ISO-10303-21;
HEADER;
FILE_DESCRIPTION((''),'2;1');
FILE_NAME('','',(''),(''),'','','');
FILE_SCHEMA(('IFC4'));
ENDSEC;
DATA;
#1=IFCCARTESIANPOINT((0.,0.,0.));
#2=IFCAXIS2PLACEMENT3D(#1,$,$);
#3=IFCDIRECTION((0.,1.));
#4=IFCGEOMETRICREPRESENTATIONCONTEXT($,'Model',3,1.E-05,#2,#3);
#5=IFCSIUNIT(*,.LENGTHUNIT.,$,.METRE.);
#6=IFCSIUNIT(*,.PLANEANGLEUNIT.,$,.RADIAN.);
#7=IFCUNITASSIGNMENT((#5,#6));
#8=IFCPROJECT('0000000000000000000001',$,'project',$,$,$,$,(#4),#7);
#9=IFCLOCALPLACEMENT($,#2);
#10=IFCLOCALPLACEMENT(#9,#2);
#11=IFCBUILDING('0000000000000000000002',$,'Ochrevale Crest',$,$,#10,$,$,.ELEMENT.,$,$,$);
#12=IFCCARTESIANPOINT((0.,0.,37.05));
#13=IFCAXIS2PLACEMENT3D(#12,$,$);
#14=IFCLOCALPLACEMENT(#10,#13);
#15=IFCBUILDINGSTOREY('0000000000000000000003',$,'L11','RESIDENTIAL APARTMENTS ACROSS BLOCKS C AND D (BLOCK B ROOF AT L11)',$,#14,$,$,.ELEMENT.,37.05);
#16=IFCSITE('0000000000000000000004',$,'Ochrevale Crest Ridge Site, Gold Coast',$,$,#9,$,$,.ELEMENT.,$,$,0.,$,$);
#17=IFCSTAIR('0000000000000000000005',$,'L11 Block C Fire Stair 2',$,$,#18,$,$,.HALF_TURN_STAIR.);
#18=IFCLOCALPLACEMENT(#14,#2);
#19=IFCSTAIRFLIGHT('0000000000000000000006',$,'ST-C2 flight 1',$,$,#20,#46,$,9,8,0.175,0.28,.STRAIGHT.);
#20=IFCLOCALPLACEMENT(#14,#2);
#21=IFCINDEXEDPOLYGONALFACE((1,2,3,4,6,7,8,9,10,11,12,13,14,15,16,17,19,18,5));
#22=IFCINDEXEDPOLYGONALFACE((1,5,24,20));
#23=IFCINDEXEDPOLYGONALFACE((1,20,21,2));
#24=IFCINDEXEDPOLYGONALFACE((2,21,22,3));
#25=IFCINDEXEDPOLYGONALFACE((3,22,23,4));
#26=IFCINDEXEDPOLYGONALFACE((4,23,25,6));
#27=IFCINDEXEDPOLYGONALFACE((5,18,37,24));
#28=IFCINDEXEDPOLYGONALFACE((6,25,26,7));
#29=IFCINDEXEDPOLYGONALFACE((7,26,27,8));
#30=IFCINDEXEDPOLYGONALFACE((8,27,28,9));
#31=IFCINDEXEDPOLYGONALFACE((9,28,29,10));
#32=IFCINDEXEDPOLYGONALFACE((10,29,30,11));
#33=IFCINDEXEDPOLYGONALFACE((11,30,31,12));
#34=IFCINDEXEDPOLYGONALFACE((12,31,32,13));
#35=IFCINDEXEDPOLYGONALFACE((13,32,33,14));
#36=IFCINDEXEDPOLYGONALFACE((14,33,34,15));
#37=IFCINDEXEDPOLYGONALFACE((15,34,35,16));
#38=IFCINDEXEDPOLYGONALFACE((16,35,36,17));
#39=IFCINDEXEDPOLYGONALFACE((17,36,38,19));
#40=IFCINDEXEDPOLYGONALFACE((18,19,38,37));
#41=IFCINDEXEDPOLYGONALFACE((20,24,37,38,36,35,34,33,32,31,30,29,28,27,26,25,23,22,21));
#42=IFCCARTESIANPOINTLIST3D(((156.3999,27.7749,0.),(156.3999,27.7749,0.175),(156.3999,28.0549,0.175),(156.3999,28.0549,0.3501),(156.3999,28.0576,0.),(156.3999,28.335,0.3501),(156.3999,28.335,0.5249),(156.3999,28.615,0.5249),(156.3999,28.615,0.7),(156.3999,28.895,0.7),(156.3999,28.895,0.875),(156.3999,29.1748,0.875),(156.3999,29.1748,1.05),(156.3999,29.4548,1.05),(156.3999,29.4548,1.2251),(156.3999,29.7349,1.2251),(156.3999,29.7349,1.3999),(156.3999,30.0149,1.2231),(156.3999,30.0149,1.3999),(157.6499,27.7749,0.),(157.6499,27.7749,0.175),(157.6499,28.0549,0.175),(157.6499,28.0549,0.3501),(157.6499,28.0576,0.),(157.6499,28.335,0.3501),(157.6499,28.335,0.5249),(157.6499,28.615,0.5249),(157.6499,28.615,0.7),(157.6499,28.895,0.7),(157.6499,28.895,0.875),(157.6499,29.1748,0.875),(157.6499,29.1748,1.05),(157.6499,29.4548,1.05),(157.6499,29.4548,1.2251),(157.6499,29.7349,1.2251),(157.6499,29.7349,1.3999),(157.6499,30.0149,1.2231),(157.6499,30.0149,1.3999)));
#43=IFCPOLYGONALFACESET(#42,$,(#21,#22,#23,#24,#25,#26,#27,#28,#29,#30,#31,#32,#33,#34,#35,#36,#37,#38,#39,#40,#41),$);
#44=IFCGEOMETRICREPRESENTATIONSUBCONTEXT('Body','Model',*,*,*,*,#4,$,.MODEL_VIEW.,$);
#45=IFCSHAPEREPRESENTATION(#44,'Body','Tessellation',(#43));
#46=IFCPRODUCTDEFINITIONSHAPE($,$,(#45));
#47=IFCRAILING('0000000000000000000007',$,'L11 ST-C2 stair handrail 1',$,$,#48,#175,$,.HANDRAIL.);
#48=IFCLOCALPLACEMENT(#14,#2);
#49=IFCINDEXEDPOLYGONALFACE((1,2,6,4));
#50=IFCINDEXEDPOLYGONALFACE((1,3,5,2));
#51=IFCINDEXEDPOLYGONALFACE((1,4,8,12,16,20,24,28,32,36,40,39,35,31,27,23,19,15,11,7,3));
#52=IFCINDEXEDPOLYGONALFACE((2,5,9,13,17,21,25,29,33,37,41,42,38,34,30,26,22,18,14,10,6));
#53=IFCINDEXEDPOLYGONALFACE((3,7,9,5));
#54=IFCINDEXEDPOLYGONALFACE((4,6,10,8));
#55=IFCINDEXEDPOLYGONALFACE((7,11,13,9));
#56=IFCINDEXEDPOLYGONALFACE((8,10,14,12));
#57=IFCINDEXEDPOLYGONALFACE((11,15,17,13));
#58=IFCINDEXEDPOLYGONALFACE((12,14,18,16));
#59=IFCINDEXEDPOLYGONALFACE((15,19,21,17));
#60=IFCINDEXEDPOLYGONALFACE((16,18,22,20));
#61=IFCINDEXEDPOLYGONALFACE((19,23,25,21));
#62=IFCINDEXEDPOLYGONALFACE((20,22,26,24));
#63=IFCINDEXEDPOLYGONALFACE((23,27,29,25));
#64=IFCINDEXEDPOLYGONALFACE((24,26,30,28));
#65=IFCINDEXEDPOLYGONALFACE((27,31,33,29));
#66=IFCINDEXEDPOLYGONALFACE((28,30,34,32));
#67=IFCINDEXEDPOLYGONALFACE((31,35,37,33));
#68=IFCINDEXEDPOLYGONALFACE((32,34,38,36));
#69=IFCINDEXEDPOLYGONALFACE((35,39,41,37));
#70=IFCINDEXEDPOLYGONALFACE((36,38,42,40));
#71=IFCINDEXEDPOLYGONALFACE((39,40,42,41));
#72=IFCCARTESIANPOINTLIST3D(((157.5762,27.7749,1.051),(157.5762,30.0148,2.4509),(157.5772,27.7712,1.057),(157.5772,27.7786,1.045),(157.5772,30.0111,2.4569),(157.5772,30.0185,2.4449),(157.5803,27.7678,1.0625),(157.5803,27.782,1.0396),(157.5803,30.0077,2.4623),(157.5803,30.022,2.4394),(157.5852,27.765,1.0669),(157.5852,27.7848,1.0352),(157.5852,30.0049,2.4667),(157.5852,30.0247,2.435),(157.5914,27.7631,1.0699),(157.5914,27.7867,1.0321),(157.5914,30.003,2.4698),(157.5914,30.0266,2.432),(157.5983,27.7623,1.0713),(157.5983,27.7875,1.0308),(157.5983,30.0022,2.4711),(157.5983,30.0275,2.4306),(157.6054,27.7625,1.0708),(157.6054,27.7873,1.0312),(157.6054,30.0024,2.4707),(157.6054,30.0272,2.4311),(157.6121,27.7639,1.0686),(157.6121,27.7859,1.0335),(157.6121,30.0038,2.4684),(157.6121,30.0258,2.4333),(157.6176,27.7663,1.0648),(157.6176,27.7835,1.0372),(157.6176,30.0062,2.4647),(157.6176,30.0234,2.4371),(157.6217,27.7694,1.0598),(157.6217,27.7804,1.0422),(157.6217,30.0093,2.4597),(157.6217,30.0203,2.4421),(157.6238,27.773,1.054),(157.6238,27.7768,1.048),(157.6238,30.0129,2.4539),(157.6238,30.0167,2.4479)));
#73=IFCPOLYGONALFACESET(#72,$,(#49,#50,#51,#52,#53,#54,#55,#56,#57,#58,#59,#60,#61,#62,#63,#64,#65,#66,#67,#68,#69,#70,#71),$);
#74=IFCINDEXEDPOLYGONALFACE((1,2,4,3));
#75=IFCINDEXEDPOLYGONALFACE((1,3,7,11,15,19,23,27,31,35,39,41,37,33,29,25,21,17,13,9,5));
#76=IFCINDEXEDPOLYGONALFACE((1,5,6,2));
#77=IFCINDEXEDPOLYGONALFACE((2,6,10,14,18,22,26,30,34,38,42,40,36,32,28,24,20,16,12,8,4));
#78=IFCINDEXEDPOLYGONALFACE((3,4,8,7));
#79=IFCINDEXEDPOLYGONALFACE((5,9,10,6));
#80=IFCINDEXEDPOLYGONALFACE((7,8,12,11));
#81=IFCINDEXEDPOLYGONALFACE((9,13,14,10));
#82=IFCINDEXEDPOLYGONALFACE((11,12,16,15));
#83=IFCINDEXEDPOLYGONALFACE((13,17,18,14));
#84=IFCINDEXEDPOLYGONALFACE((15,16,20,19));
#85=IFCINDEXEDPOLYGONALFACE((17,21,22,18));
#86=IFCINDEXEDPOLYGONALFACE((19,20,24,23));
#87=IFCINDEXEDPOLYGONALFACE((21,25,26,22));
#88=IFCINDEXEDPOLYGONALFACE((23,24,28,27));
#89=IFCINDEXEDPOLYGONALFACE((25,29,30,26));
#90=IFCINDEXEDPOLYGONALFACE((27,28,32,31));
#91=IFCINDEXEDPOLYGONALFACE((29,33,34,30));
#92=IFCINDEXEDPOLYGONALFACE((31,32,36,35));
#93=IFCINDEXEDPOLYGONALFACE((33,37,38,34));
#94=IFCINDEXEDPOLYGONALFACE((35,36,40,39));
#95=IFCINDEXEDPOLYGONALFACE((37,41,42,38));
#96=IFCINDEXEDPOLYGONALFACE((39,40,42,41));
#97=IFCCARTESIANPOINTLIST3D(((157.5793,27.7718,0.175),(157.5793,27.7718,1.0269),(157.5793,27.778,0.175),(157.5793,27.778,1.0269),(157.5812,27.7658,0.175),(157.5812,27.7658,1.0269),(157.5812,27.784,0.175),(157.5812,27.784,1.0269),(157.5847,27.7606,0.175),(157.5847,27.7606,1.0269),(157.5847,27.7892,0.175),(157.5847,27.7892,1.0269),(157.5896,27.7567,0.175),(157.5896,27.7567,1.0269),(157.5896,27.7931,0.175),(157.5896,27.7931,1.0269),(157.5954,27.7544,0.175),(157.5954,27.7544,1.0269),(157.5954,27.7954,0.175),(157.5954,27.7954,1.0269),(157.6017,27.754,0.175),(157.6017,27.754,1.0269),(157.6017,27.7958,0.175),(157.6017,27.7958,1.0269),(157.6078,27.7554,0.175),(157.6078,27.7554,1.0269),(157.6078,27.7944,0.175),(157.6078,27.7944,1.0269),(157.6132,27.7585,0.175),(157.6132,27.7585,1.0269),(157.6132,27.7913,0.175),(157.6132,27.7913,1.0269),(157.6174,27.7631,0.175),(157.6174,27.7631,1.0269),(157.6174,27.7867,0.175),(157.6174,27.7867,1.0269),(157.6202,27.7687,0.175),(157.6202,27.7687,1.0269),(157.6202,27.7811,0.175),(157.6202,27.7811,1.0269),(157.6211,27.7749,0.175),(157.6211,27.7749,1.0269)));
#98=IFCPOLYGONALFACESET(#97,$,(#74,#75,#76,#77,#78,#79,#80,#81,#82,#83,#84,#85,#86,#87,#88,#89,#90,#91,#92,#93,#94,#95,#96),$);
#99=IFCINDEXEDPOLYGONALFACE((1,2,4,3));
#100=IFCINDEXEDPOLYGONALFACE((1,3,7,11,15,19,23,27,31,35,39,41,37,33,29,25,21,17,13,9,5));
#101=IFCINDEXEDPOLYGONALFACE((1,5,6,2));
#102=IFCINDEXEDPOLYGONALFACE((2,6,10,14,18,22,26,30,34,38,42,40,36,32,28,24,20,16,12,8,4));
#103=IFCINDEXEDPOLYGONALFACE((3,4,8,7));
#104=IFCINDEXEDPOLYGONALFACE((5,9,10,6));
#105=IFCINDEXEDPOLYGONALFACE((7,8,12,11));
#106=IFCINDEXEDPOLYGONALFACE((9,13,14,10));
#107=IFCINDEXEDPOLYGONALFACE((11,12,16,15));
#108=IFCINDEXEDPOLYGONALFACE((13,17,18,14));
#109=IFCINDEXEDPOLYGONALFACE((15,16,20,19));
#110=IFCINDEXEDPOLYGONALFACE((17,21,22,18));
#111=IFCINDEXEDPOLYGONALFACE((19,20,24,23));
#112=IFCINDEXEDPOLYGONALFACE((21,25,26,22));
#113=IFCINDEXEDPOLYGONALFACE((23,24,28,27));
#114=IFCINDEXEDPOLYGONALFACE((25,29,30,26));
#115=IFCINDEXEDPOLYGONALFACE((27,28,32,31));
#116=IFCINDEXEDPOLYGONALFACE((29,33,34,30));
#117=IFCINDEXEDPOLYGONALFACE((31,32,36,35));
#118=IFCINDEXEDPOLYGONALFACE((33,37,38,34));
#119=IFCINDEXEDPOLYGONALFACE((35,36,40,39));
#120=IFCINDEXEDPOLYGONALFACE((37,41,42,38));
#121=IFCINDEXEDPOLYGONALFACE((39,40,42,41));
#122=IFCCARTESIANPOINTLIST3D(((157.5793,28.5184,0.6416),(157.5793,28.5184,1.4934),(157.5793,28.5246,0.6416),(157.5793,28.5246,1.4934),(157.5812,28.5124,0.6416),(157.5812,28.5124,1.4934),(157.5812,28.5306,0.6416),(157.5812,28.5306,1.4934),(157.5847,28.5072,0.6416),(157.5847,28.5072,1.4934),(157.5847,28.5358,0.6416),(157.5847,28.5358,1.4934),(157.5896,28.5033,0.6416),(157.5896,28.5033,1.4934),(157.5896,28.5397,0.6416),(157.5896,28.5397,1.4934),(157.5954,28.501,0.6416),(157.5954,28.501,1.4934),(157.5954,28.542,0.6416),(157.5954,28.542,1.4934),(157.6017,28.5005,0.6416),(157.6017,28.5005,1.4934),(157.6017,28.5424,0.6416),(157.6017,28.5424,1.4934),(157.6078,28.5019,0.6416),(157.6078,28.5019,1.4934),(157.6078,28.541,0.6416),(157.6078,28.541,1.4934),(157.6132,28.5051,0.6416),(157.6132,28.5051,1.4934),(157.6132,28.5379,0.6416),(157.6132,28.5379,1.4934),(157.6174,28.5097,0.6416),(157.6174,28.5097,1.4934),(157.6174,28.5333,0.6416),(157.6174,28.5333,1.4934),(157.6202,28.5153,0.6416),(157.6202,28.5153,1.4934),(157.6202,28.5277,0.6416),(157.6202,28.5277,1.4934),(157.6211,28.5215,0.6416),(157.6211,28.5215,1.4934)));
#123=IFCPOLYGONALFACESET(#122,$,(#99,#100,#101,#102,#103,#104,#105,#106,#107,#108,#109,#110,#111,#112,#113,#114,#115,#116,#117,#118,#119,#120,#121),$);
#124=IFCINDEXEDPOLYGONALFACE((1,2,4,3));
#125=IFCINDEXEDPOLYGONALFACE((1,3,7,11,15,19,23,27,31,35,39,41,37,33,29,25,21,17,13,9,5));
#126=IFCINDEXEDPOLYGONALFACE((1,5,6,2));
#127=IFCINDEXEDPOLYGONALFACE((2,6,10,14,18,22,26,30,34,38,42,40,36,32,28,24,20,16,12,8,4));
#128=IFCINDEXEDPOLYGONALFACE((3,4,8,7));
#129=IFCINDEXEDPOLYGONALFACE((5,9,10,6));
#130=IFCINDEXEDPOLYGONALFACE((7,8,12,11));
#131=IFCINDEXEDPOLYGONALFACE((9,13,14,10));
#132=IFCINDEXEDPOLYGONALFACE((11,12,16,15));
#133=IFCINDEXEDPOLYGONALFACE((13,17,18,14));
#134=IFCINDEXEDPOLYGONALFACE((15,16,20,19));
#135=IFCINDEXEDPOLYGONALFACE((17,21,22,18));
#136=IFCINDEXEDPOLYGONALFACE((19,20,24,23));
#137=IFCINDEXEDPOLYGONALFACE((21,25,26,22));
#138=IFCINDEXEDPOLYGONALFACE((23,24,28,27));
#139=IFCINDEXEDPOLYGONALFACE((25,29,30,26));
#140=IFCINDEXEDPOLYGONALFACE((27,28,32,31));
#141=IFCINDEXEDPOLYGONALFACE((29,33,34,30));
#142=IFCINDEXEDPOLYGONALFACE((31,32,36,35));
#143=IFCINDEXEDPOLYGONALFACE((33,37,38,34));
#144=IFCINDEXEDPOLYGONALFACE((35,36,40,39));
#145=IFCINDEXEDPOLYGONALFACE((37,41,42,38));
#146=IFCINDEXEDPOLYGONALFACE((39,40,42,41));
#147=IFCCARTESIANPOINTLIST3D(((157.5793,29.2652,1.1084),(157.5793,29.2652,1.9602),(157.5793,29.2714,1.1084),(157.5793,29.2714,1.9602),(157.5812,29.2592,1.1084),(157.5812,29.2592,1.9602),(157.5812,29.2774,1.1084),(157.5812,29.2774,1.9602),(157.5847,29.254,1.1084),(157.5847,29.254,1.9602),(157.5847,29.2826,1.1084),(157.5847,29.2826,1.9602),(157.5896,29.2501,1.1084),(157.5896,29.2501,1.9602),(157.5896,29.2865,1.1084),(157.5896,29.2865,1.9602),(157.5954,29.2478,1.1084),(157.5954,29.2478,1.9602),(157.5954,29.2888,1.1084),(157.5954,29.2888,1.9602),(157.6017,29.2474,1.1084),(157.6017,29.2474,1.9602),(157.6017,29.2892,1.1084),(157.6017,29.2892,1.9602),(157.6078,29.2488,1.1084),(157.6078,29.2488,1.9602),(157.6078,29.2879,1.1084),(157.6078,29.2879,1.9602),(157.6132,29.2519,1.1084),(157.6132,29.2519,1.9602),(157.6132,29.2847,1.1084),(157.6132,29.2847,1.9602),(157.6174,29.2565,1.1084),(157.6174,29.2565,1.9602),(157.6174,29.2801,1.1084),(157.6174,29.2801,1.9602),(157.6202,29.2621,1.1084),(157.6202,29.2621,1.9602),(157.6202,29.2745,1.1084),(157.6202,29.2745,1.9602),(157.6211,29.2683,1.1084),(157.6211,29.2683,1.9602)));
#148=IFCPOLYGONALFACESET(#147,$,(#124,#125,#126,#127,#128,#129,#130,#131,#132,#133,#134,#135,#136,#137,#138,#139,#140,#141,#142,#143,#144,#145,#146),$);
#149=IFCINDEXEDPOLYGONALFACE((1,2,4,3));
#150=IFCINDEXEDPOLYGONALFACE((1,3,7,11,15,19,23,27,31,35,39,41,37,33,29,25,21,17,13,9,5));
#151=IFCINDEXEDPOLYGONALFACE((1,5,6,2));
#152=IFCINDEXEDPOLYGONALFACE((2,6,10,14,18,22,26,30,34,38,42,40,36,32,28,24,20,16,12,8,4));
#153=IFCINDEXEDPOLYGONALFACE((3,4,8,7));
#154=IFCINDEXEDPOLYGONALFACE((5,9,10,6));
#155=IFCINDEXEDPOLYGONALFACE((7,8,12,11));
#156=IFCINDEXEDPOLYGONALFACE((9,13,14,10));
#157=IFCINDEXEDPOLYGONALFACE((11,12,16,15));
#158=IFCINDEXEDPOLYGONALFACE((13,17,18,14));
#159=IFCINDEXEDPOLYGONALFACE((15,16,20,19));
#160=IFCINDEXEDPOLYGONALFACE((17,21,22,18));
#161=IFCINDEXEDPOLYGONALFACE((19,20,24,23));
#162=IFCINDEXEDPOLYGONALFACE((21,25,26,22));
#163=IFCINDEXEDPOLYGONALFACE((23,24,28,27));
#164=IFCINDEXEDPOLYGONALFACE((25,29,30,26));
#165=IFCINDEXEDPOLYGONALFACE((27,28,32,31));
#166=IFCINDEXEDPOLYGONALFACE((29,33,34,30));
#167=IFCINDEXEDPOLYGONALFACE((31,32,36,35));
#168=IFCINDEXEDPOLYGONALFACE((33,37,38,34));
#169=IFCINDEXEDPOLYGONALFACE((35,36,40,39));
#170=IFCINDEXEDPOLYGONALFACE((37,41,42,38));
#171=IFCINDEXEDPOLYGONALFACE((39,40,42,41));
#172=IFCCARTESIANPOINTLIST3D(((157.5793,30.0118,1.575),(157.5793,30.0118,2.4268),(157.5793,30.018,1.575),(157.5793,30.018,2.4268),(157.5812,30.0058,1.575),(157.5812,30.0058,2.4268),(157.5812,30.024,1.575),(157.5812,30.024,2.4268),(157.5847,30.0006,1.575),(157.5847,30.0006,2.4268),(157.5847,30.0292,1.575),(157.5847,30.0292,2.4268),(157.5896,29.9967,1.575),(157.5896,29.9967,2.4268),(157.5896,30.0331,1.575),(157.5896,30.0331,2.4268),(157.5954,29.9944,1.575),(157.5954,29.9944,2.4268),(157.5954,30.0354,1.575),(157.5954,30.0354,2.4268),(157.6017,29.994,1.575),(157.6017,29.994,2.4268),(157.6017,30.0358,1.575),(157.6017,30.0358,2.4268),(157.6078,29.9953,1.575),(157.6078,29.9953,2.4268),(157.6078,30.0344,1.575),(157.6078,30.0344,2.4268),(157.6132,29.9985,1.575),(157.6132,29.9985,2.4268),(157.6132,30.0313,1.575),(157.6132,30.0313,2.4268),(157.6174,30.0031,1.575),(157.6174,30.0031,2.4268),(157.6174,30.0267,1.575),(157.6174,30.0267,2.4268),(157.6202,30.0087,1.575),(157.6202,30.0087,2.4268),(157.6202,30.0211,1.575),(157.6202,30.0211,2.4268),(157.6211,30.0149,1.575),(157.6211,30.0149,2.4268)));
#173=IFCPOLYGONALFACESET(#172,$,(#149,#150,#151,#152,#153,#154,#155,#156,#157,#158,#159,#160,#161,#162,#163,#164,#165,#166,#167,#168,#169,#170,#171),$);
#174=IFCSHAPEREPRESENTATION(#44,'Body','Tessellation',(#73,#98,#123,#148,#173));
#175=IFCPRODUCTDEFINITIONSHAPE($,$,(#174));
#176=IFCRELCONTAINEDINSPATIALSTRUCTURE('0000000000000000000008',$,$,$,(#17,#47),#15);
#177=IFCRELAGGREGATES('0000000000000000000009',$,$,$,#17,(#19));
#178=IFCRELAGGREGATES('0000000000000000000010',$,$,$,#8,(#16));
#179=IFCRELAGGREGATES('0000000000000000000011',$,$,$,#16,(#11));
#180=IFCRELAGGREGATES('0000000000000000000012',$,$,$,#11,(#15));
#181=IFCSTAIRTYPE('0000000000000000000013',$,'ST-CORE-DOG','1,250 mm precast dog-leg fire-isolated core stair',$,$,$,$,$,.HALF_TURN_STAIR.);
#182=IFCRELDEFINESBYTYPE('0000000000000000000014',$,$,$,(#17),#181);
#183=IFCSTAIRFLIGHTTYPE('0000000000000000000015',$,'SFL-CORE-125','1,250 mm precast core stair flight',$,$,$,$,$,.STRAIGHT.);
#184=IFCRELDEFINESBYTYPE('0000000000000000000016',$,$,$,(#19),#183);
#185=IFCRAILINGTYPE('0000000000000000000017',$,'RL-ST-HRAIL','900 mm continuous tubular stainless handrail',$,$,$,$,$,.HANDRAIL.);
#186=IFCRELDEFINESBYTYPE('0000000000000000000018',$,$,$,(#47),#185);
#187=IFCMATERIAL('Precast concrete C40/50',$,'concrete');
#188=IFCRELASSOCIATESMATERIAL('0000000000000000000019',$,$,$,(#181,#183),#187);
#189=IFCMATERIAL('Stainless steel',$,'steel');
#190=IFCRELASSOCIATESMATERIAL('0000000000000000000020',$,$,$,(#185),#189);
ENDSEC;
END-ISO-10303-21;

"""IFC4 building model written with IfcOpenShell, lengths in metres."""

from ifc_helpers import new_model, si_unit, direction, frame, origin, origin_2d, place, context, subcontext, project, spatial, polyline, circle, outline, extrude, material, type_object, element, aggregate, save


model = new_model("IFC4")

# Units and contexts
model_context = context("Model", 3, precision=1e-05, world=origin(), true_north=direction((0.0, 1.0)))
body_context = subcontext(model_context, "Body", "Model", "MODEL_VIEW")
ifc_project = project(units=[si_unit("LENGTHUNIT", "METRE"), si_unit("PLANEANGLEUNIT", "RADIAN")], contexts=[model_context])

# Site, building, storey
site_placement = place(None, origin())
site = spatial("IfcSite", under=ifc_project, at=site_placement, Name="Ochrevale Crest Ridge Site, Gold Coast", CompositionType="ELEMENT", RefElevation=0.0)
building_placement = place(site_placement, origin())
building = spatial("IfcBuilding", under=site, at=building_placement, Name="Ochrevale Crest", CompositionType="ELEMENT")
storey_placement = place(building_placement, frame((0.0, 0.0, 37.05)))
storey = spatial("IfcBuildingStorey", under=building, at=storey_placement, Name="L11", Description="RESIDENTIAL APARTMENTS ACROSS BLOCKS C AND D (BLOCK B ROOF AT L11)", CompositionType="ELEMENT", Elevation=37.05)

# Shared definitions
ifc_material_1 = material(Name="Precast concrete C40/50", Category="concrete")

# Stair, stair flight
stair_type = type_object("IfcStairType", Name="ST-CORE-DOG", Description="1,250 mm precast dog-leg fire-isolated core stair", PredefinedType="HALF_TURN_STAIR", material=ifc_material_1)
stair_placement = place(storey_placement, origin())
stair = element("IfcStair", 1, at=stair_placement, inside=storey, type_object=stair_type, Name="L11 Block C Fire Stair 2", PredefinedType="HALF_TURN_STAIR")
stair_flight_type = type_object("IfcStairFlightType", Name="SFL-CORE-125", Description="1,250 mm precast core stair flight", PredefinedType="STRAIGHT", material=ifc_material_1)
stair_flight_placement = place(storey_placement, frame((157.0249, 27.7749, 0.0), z_axis=(0.0, 0.0, 1.0), x_axis=(0.0, 1.0, 0.0)))
stair_flight = element("IfcStairFlight", 2, at=stair_flight_placement, type_object=stair_flight_type, Name="ST-C2 flight 1", NumberOfRisers=9, NumberOfTreads=8, PredefinedType="STRAIGHT", RiserHeight=0.175, TreadLength=0.28, context=body_context, shape_type="SweptSolid", body=[
    extrude(outline(polyline([(0.0, 0.0), (0.0, 0.175), (0.28, 0.175), (0.28, 0.3501), (0.5601, 0.3501), (0.5601, 0.5249), (0.8401, 0.5249), (0.8401, 0.7), (1.1201, 0.7), (1.1201, 0.875), (1.3999, 0.875), (1.3999, 1.05), (1.6799, 1.05), (1.6799, 1.2251), (1.96, 1.2251), (1.96, 1.3999), (2.24, 1.3999), (2.24, 1.575), (2.24, 1.2231), (0.2827, 0.0), (0.0, 0.0)])), frame((0.0, 0.625, 0.0), z_axis=(0.0, -1.0, 0.0), x_axis=(1.0, 0.0, 0.0)), (0.0, 0.0, 1.0), 1.25),
])
aggregate(stair, [stair_flight])

# Railing
ifc_material_2 = material(Name="Stainless steel", Category="steel")
railing_type = type_object("IfcRailingType", Name="RL-ST-HRAIL", Description="900 mm continuous tubular stainless handrail", PredefinedType="HANDRAIL", material=ifc_material_2)
railing_placement = place(storey_placement, frame((157.6001, 27.7749, 0.175)))
element("IfcRailing", 3, at=railing_placement, inside=storey, type_object=railing_type, Name="L11 ST-C2 stair handrail 1", PredefinedType="HANDRAIL", context=body_context, shape_type="SweptSolid", body=[
    extrude(circle(Radius=0.0239, at=origin_2d()), frame((0.0, 0.0, 0.876), z_axis=(0.0, 0.848014, 0.529974), x_axis=(-1.0, 0.0, 0.0)), (0.0, 0.0, 1.0), 2.6414),
    extrude(circle(Radius=0.021, at=origin_2d()), origin(), (0.0, 0.0, 1.0), 0.8518),
    extrude(circle(Radius=0.021, at=origin_2d()), frame((0.0, 0.7466, 0.4666)), (0.0, 0.0, 1.0), 0.8518),
    extrude(circle(Radius=0.021, at=origin_2d()), frame((0.0, 1.4934, 0.9333)), (0.0, 0.0, 1.0), 0.8518),
    extrude(circle(Radius=0.021, at=origin_2d()), frame((0.0, 2.24, 1.3999)), (0.0, 0.0, 1.0), 0.8518),
])

save(model, "model.ifc")
